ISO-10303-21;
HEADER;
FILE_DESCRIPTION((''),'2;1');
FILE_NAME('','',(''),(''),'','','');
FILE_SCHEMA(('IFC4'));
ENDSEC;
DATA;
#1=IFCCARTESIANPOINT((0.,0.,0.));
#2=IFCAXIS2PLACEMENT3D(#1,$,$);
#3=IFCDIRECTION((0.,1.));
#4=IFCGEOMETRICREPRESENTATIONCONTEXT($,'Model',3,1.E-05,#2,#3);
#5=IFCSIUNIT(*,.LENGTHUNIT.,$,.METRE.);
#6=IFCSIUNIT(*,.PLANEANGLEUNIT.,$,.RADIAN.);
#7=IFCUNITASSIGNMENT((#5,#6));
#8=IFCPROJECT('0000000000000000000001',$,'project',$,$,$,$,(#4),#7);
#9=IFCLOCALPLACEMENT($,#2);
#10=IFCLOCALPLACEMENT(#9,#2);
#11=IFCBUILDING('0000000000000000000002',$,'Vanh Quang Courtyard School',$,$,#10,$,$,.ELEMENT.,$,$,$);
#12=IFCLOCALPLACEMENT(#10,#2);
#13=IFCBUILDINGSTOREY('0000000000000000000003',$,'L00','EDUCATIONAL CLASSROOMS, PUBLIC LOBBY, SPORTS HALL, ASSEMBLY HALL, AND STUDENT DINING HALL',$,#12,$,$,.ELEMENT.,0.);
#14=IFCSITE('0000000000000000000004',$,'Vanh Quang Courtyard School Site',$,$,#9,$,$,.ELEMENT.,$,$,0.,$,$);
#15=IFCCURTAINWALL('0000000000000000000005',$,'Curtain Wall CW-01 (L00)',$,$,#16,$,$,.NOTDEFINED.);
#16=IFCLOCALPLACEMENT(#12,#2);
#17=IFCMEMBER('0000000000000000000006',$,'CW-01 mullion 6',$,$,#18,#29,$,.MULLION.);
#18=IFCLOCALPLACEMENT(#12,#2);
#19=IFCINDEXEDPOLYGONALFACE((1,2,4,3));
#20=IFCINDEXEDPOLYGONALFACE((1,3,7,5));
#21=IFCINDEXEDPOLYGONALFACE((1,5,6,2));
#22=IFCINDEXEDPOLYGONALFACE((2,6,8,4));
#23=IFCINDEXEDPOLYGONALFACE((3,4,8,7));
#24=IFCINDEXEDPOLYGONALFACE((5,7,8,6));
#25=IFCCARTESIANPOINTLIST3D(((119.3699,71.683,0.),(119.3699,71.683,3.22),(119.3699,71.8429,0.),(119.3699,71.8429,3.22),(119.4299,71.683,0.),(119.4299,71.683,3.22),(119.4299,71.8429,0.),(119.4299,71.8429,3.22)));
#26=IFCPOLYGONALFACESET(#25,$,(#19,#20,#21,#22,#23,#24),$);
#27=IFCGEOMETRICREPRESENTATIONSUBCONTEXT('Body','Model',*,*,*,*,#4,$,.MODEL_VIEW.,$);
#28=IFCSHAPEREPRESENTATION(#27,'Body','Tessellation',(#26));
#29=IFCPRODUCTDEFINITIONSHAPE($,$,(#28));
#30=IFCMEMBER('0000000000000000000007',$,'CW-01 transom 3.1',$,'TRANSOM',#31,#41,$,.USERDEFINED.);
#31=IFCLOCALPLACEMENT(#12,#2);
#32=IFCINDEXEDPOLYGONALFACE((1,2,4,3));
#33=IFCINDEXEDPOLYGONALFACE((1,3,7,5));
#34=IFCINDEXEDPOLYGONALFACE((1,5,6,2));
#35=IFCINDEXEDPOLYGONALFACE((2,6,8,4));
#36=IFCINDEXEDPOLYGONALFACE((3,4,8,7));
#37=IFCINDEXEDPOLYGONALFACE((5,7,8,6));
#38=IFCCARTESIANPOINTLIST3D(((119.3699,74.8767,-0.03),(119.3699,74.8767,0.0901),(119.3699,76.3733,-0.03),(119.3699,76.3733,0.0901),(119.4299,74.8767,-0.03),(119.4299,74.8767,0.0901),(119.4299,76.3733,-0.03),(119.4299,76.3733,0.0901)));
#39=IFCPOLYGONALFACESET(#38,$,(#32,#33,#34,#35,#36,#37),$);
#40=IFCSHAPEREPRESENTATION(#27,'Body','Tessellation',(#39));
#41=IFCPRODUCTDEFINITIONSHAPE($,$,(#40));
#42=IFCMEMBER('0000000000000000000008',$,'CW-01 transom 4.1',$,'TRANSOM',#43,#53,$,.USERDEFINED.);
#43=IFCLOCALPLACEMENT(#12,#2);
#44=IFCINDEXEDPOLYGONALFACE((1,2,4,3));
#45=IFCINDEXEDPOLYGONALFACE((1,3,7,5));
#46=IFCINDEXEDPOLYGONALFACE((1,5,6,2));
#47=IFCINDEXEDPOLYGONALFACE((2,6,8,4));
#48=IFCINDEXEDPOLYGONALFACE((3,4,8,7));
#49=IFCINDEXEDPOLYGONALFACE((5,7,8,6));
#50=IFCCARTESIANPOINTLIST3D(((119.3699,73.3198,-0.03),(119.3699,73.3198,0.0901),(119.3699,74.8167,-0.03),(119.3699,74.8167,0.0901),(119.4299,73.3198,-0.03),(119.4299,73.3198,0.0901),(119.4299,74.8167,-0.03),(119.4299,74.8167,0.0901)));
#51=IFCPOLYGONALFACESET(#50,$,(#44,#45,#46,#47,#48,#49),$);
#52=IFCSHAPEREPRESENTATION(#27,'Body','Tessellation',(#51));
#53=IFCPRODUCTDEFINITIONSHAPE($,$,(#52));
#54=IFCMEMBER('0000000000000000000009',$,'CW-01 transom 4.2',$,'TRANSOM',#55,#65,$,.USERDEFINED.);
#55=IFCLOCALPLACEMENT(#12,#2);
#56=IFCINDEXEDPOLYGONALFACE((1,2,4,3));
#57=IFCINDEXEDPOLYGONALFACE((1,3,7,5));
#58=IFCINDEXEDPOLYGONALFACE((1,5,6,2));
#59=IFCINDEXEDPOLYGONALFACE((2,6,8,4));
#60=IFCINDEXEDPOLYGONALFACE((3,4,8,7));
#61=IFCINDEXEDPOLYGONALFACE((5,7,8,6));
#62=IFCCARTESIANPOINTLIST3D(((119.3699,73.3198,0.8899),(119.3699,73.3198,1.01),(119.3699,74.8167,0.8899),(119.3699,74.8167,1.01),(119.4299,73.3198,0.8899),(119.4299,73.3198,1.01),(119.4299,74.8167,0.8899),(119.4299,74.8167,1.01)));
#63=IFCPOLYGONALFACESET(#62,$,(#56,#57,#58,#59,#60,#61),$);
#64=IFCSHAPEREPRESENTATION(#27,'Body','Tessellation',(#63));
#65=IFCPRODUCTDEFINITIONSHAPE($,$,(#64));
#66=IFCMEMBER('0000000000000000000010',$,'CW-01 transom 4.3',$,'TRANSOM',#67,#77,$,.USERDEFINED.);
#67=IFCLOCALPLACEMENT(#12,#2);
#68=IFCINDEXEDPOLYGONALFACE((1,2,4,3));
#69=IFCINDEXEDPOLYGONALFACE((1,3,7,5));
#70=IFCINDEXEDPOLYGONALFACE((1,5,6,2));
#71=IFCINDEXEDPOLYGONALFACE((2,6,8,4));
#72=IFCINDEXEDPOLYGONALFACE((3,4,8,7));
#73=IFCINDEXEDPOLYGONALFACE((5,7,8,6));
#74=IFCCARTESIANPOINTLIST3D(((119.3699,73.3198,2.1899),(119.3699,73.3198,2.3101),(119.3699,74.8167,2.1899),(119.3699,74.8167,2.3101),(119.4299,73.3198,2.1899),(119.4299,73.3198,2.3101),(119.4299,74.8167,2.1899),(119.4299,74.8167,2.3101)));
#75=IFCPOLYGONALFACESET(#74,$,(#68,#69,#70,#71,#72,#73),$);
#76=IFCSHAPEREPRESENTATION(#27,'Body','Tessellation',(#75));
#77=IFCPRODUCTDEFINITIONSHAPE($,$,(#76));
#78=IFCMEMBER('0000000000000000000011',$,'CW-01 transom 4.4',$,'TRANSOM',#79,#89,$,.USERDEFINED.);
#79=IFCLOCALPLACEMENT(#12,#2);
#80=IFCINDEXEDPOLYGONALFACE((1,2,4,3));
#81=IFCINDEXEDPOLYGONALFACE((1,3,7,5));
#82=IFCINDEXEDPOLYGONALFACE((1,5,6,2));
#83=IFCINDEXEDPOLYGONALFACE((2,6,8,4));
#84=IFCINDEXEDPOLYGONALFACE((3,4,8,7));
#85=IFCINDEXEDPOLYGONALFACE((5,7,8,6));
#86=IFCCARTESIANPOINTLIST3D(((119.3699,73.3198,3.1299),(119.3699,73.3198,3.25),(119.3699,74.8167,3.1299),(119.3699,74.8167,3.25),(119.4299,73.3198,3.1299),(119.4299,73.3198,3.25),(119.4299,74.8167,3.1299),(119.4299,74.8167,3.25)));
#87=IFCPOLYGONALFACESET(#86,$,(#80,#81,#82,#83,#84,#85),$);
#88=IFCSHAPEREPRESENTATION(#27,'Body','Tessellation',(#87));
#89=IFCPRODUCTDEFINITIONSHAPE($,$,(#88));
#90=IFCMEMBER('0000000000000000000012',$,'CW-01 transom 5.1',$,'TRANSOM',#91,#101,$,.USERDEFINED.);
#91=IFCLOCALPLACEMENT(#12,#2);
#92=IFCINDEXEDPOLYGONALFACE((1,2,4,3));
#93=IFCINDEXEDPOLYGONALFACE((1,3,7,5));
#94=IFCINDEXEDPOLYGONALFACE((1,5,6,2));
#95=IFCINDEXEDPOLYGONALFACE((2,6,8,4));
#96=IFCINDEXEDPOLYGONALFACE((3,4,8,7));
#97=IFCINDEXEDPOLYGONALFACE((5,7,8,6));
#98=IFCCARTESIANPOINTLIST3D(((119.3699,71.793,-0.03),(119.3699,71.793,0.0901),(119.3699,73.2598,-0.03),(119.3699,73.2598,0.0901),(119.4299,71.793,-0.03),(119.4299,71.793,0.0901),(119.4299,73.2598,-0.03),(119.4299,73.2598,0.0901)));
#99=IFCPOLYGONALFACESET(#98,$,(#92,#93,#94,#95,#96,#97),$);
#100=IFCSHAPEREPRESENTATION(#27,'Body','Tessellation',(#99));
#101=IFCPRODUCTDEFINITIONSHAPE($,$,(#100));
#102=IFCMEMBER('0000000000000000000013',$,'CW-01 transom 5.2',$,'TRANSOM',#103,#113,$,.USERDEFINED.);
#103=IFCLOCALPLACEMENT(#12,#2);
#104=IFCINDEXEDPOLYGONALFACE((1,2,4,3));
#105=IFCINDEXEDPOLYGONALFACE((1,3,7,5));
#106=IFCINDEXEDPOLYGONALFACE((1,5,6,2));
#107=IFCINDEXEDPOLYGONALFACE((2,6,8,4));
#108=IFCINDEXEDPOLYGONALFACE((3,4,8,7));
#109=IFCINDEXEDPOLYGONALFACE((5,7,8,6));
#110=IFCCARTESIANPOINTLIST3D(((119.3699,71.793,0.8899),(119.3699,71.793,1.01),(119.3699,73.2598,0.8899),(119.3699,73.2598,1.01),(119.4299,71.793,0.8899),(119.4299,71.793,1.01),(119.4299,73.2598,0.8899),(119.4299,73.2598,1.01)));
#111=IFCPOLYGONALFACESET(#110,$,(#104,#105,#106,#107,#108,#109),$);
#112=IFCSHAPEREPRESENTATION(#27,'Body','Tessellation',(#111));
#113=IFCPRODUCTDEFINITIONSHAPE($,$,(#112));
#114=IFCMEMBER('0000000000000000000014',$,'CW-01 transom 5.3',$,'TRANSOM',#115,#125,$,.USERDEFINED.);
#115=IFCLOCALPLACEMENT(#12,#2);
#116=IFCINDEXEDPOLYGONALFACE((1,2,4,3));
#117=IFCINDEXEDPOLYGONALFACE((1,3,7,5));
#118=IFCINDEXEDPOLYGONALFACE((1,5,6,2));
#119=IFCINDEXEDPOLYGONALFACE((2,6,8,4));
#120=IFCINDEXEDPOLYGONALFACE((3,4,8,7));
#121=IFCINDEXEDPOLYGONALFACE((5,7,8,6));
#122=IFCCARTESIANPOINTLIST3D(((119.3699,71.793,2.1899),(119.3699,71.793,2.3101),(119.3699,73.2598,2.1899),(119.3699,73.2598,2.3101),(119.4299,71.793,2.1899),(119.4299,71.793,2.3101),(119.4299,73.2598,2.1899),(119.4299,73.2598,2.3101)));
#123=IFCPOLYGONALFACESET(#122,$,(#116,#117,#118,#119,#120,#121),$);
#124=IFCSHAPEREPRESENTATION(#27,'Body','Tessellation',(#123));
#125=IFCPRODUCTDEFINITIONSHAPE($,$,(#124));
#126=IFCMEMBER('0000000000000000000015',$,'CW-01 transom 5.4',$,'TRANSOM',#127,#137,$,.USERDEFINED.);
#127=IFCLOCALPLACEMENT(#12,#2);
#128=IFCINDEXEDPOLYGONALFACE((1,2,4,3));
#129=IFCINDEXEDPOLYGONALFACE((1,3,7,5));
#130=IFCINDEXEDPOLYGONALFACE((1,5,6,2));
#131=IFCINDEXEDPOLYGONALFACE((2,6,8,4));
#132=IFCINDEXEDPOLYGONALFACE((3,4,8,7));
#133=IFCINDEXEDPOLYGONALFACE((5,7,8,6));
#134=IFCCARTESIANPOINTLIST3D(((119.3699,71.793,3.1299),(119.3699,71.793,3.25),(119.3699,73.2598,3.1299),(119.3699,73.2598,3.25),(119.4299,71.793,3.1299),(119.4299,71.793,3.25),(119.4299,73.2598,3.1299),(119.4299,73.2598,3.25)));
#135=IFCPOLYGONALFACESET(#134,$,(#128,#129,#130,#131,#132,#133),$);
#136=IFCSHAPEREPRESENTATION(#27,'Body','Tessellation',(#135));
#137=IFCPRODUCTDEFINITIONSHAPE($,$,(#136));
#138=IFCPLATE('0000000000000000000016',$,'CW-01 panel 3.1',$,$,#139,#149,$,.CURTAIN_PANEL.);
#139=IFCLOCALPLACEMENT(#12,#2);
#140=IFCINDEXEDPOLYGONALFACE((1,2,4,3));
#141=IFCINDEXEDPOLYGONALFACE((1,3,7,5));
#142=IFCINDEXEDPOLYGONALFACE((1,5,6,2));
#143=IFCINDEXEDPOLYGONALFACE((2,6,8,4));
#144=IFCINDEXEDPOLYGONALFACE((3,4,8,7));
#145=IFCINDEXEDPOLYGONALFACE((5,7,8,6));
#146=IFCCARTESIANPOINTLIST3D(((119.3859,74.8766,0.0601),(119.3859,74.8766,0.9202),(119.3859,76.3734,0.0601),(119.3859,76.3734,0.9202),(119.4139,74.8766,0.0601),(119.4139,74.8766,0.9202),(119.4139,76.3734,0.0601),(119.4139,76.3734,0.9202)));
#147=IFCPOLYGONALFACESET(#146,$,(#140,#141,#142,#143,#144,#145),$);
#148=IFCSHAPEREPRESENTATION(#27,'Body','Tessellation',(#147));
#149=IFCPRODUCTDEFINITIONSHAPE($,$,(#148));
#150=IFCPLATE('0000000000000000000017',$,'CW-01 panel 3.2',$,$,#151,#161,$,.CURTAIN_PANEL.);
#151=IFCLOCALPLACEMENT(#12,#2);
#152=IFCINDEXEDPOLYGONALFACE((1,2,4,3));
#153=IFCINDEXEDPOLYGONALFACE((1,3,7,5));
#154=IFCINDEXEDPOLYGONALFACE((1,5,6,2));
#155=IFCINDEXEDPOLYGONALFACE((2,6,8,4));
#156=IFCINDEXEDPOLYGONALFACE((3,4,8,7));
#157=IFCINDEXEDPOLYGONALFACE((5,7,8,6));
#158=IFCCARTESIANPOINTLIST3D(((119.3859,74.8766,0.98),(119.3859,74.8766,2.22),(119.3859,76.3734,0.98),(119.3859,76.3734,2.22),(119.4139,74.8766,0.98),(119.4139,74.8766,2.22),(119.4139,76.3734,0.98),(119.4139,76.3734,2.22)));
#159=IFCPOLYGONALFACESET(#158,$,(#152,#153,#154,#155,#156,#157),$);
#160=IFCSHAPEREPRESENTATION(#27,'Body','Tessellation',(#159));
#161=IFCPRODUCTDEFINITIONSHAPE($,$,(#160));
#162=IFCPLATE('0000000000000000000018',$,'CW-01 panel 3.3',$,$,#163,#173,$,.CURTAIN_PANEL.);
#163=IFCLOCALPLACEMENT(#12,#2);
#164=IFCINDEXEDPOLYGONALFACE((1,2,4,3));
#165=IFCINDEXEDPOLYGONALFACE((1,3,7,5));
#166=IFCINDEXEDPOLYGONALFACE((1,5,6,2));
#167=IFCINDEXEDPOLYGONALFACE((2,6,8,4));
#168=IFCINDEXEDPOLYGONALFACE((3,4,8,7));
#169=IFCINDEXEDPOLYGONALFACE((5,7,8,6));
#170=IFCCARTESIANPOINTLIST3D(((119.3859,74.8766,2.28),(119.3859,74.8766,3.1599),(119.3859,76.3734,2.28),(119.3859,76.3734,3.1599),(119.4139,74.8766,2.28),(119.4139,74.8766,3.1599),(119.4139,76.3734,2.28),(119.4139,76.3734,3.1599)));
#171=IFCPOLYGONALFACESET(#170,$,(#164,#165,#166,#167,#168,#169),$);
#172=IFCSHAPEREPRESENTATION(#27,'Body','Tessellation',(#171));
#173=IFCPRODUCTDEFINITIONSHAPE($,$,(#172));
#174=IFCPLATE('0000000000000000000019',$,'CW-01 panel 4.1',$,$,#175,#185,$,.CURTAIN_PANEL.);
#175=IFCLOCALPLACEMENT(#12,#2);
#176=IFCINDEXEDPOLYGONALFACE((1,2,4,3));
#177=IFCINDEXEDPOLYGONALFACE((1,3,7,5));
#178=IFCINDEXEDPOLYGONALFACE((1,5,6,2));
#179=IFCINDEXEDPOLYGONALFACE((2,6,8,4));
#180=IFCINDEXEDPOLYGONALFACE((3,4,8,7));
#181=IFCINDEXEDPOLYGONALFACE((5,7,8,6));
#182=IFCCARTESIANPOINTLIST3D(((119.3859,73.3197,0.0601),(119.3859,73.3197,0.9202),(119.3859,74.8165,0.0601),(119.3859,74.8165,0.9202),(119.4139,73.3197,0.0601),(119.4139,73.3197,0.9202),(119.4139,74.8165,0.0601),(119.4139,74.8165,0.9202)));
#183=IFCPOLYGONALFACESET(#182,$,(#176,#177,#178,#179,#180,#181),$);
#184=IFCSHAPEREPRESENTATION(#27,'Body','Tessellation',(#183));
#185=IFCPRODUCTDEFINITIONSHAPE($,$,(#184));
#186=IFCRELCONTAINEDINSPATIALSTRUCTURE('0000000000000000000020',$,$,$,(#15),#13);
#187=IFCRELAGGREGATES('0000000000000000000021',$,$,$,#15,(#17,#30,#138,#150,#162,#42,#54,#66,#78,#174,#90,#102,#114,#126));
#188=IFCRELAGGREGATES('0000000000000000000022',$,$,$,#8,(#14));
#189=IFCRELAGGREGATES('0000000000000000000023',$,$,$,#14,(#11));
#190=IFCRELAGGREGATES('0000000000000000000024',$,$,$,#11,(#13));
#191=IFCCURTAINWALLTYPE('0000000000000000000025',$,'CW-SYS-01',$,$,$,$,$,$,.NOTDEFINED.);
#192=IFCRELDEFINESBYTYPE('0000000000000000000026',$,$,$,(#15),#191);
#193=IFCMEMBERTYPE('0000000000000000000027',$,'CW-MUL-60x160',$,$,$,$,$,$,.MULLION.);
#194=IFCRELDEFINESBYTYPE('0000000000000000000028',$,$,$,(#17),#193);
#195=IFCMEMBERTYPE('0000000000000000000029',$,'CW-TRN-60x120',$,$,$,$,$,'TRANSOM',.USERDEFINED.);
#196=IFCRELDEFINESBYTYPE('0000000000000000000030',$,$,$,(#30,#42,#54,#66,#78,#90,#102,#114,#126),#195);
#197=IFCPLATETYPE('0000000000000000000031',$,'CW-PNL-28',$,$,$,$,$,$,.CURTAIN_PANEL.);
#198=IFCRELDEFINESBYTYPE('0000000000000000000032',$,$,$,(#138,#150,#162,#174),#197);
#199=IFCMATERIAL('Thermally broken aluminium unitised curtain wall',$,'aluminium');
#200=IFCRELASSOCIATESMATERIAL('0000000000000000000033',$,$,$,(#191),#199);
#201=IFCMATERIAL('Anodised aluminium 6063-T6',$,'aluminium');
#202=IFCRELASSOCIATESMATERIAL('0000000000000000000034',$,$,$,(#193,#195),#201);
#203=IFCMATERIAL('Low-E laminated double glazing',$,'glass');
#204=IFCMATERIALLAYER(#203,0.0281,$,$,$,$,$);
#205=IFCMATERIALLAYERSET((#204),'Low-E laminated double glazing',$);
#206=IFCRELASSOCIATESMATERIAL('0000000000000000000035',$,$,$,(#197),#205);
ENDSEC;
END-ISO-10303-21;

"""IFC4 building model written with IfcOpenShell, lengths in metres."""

from ifc_helpers import new_model, si_unit, direction, frame, origin, origin_2d, place, context, subcontext, project, spatial, rectangle, extrude, material, layer, layer_set, material_profile, profile_set, type_object, element, aggregate, save


model = new_model("IFC4")

# Units and contexts
model_context = context("Model", 3, precision=1e-05, world=origin(), true_north=direction((0.0, 1.0)))
body_context = subcontext(model_context, "Body", "Model", "MODEL_VIEW")
ifc_project = project(units=[si_unit("LENGTHUNIT", "METRE"), si_unit("PLANEANGLEUNIT", "RADIAN")], contexts=[model_context])

# Site, building, storey
site_placement = place(None, origin())
site = spatial("IfcSite", under=ifc_project, at=site_placement, Name="Vanh Quang Courtyard School Site", CompositionType="ELEMENT", RefElevation=0.0)
building_placement = place(site_placement, origin())
building = spatial("IfcBuilding", under=site, at=building_placement, Name="Vanh Quang Courtyard School", CompositionType="ELEMENT")
storey_placement = place(building_placement, origin())
storey = spatial("IfcBuildingStorey", under=building, at=storey_placement, Name="L00", Description="EDUCATIONAL CLASSROOMS, PUBLIC LOBBY, SPORTS HALL, ASSEMBLY HALL, AND STUDENT DINING HALL", CompositionType="ELEMENT", Elevation=0.0)

# Curtain wall, members, plates
ifc_material_1 = material(Name="Thermally broken aluminium unitised curtain wall", Category="aluminium")
curtain_wall_type = type_object("IfcCurtainWallType", Name="CW-SYS-01", PredefinedType="NOTDEFINED", material=ifc_material_1)
curtain_wall_placement = place(storey_placement, origin())
curtain_wall = element("IfcCurtainWall", 1, at=curtain_wall_placement, inside=storey, type_object=curtain_wall_type, Name="Curtain Wall CW-01 (L00)", PredefinedType="NOTDEFINED")
ifc_material_2 = material(Name="Anodised aluminium 6063-T6", Category="aluminium")
ifc_material_profile_1 = material_profile(ifc_material_2, rectangle(XDim=0.0601, YDim=0.1599, at=origin_2d()), Name="ALU-MUL 60x160")
ifc_profile_set_1 = profile_set([ifc_material_profile_1], Name="Anodised aluminium 6063-T6")
member_type_1 = type_object("IfcMemberType", Name="CW-MUL-60x160", PredefinedType="MULLION", material=ifc_profile_set_1)
member_1_placement = place(storey_placement, frame((119.3999, 71.7629, 0.0), z_axis=(0.0, 0.0, 1.0), x_axis=(1.0, 0.0, 0.0)))
member_1 = element("IfcMember", 2, at=member_1_placement, type_object=member_type_1, Name="CW-01 mullion 6", PredefinedType="MULLION", context=body_context, shape_type="SweptSolid", body=[
    extrude(rectangle(XDim=0.0601, YDim=0.1599, at=origin_2d()), origin(), (0.0, 0.0, 1.0), 3.22),
])
ifc_material_profile_2 = material_profile(ifc_material_2, rectangle(XDim=0.0601, YDim=0.1201, at=origin_2d()), Name="ALU-TRN 60x120")
ifc_profile_set_2 = profile_set([ifc_material_profile_2], Name="Anodised aluminium 6063-T6")
member_type_2 = type_object("IfcMemberType", Name="CW-TRN-60x120", ElementType="TRANSOM", PredefinedType="USERDEFINED", material=ifc_profile_set_2)
member_2_placement = place(storey_placement, frame((119.3999, 76.3733, 0.03), z_axis=(0.0, -1.0, 0.0), x_axis=(1.0, 0.0, 0.0)))
member_2 = element("IfcMember", 3, at=member_2_placement, type_object=member_type_2, Name="CW-01 transom 3.1", ObjectType="TRANSOM", PredefinedType="USERDEFINED", context=body_context, shape_type="SweptSolid", body=[
    extrude(rectangle(XDim=0.0601, YDim=0.1201, at=origin_2d()), origin(), (0.0, 0.0, 1.0), 1.4966),
])
member_3_placement = place(storey_placement, frame((119.3999, 74.8167, 0.03), z_axis=(0.0, -1.0, 0.0), x_axis=(1.0, 0.0, 0.0)))
member_3 = element("IfcMember", 4, at=member_3_placement, type_object=member_type_2, Name="CW-01 transom 4.1", ObjectType="TRANSOM", PredefinedType="USERDEFINED", context=body_context, shape_type="SweptSolid", body=[
    extrude(rectangle(XDim=0.0601, YDim=0.1201, at=origin_2d()), origin(), (0.0, 0.0, 1.0), 1.4968),
])
member_4_placement = place(storey_placement, frame((119.3999, 74.8167, 0.95), z_axis=(0.0, -1.0, 0.0), x_axis=(1.0, 0.0, 0.0)))
member_4 = element("IfcMember", 5, at=member_4_placement, type_object=member_type_2, Name="CW-01 transom 4.2", ObjectType="TRANSOM", PredefinedType="USERDEFINED", context=body_context, shape_type="SweptSolid", body=[
    extrude(rectangle(XDim=0.0601, YDim=0.1201, at=origin_2d()), origin(), (0.0, 0.0, 1.0), 1.4968),
])
member_5_placement = place(storey_placement, frame((119.3999, 74.8167, 2.25), z_axis=(0.0, -1.0, 0.0), x_axis=(1.0, 0.0, 0.0)))
member_5 = element("IfcMember", 6, at=member_5_placement, type_object=member_type_2, Name="CW-01 transom 4.3", ObjectType="TRANSOM", PredefinedType="USERDEFINED", context=body_context, shape_type="SweptSolid", body=[
    extrude(rectangle(XDim=0.0601, YDim=0.1201, at=origin_2d()), origin(), (0.0, 0.0, 1.0), 1.4968),
])
member_6_placement = place(storey_placement, frame((119.3999, 74.8167, 3.1899), z_axis=(0.0, -1.0, 0.0), x_axis=(1.0, 0.0, 0.0)))
member_6 = element("IfcMember", 7, at=member_6_placement, type_object=member_type_2, Name="CW-01 transom 4.4", ObjectType="TRANSOM", PredefinedType="USERDEFINED", context=body_context, shape_type="SweptSolid", body=[
    extrude(rectangle(XDim=0.0601, YDim=0.1201, at=origin_2d()), origin(), (0.0, 0.0, 1.0), 1.4968),
])
member_7_placement = place(storey_placement, frame((119.3999, 73.2598, 0.03), z_axis=(0.0, -1.0, 0.0), x_axis=(1.0, 0.0, 0.0)))
member_7 = element("IfcMember", 8, at=member_7_placement, type_object=member_type_2, Name="CW-01 transom 5.1", ObjectType="TRANSOM", PredefinedType="USERDEFINED", context=body_context, shape_type="SweptSolid", body=[
    extrude(rectangle(XDim=0.0601, YDim=0.1201, at=origin_2d()), origin(), (0.0, 0.0, 1.0), 1.4668),
])
member_8_placement = place(storey_placement, frame((119.3999, 73.2598, 0.95), z_axis=(0.0, -1.0, 0.0), x_axis=(1.0, 0.0, 0.0)))
member_8 = element("IfcMember", 9, at=member_8_placement, type_object=member_type_2, Name="CW-01 transom 5.2", ObjectType="TRANSOM", PredefinedType="USERDEFINED", context=body_context, shape_type="SweptSolid", body=[
    extrude(rectangle(XDim=0.0601, YDim=0.1201, at=origin_2d()), origin(), (0.0, 0.0, 1.0), 1.4668),
])
member_9_placement = place(storey_placement, frame((119.3999, 73.2598, 2.25), z_axis=(0.0, -1.0, 0.0), x_axis=(1.0, 0.0, 0.0)))
member_9 = element("IfcMember", 10, at=member_9_placement, type_object=member_type_2, Name="CW-01 transom 5.3", ObjectType="TRANSOM", PredefinedType="USERDEFINED", context=body_context, shape_type="SweptSolid", body=[
    extrude(rectangle(XDim=0.0601, YDim=0.1201, at=origin_2d()), origin(), (0.0, 0.0, 1.0), 1.4668),
])
member_10_placement = place(storey_placement, frame((119.3999, 73.2598, 3.1899), z_axis=(0.0, -1.0, 0.0), x_axis=(1.0, 0.0, 0.0)))
member_10 = element("IfcMember", 11, at=member_10_placement, type_object=member_type_2, Name="CW-01 transom 5.4", ObjectType="TRANSOM", PredefinedType="USERDEFINED", context=body_context, shape_type="SweptSolid", body=[
    extrude(rectangle(XDim=0.0601, YDim=0.1201, at=origin_2d()), origin(), (0.0, 0.0, 1.0), 1.4668),
])
ifc_material_3 = material(Name="Low-E laminated double glazing", Category="glass")
ifc_layer_1 = layer(ifc_material_3, 0.0281)
ifc_layer_set_1 = layer_set([ifc_layer_1], Name="Low-E laminated double glazing")
plate_type = type_object("IfcPlateType", Name="CW-PNL-28", PredefinedType="CURTAIN_PANEL", material=ifc_layer_set_1)
plate_1_placement = place(storey_placement, frame((119.3999, 75.625, 0.0601), z_axis=(0.0, 0.0, 1.0), x_axis=(0.0, -1.0, 0.0)))
plate_1 = element("IfcPlate", 12, at=plate_1_placement, type_object=plate_type, Name="CW-01 panel 3.1", PredefinedType="CURTAIN_PANEL", context=body_context, shape_type="SweptSolid", body=[
    extrude(rectangle(XDim=1.4968, YDim=0.0281, at=origin_2d()), origin(), (0.0, 0.0, 1.0), 0.8601),
])
plate_2_placement = place(storey_placement, frame((119.3999, 75.625, 0.98), z_axis=(0.0, 0.0, 1.0), x_axis=(0.0, -1.0, 0.0)))
plate_2 = element("IfcPlate", 13, at=plate_2_placement, type_object=plate_type, Name="CW-01 panel 3.2", PredefinedType="CURTAIN_PANEL", context=body_context, shape_type="SweptSolid", body=[
    extrude(rectangle(XDim=1.4968, YDim=0.0281, at=origin_2d()), origin(), (0.0, 0.0, 1.0), 1.24),
])
plate_3_placement = place(storey_placement, frame((119.3999, 75.625, 2.28), z_axis=(0.0, 0.0, 1.0), x_axis=(0.0, -1.0, 0.0)))
plate_3 = element("IfcPlate", 14, at=plate_3_placement, type_object=plate_type, Name="CW-01 panel 3.3", PredefinedType="CURTAIN_PANEL", context=body_context, shape_type="SweptSolid", body=[
    extrude(rectangle(XDim=1.4968, YDim=0.0281, at=origin_2d()), origin(), (0.0, 0.0, 1.0), 0.8799),
])
plate_4_placement = place(storey_placement, frame((119.3999, 74.0681, 0.0601), z_axis=(0.0, 0.0, 1.0), x_axis=(0.0, -1.0, 0.0)))
plate_4 = element("IfcPlate", 15, at=plate_4_placement, type_object=plate_type, Name="CW-01 panel 4.1", PredefinedType="CURTAIN_PANEL", context=body_context, shape_type="SweptSolid", body=[
    extrude(rectangle(XDim=1.4968, YDim=0.0281, at=origin_2d()), origin(), (0.0, 0.0, 1.0), 0.8601),
])
aggregate(curtain_wall, [member_1, member_2, plate_1, plate_2, plate_3, member_3, member_4, member_5, member_6, plate_4, member_7, member_8, member_9, member_10])

save(model, "model.ifc")
